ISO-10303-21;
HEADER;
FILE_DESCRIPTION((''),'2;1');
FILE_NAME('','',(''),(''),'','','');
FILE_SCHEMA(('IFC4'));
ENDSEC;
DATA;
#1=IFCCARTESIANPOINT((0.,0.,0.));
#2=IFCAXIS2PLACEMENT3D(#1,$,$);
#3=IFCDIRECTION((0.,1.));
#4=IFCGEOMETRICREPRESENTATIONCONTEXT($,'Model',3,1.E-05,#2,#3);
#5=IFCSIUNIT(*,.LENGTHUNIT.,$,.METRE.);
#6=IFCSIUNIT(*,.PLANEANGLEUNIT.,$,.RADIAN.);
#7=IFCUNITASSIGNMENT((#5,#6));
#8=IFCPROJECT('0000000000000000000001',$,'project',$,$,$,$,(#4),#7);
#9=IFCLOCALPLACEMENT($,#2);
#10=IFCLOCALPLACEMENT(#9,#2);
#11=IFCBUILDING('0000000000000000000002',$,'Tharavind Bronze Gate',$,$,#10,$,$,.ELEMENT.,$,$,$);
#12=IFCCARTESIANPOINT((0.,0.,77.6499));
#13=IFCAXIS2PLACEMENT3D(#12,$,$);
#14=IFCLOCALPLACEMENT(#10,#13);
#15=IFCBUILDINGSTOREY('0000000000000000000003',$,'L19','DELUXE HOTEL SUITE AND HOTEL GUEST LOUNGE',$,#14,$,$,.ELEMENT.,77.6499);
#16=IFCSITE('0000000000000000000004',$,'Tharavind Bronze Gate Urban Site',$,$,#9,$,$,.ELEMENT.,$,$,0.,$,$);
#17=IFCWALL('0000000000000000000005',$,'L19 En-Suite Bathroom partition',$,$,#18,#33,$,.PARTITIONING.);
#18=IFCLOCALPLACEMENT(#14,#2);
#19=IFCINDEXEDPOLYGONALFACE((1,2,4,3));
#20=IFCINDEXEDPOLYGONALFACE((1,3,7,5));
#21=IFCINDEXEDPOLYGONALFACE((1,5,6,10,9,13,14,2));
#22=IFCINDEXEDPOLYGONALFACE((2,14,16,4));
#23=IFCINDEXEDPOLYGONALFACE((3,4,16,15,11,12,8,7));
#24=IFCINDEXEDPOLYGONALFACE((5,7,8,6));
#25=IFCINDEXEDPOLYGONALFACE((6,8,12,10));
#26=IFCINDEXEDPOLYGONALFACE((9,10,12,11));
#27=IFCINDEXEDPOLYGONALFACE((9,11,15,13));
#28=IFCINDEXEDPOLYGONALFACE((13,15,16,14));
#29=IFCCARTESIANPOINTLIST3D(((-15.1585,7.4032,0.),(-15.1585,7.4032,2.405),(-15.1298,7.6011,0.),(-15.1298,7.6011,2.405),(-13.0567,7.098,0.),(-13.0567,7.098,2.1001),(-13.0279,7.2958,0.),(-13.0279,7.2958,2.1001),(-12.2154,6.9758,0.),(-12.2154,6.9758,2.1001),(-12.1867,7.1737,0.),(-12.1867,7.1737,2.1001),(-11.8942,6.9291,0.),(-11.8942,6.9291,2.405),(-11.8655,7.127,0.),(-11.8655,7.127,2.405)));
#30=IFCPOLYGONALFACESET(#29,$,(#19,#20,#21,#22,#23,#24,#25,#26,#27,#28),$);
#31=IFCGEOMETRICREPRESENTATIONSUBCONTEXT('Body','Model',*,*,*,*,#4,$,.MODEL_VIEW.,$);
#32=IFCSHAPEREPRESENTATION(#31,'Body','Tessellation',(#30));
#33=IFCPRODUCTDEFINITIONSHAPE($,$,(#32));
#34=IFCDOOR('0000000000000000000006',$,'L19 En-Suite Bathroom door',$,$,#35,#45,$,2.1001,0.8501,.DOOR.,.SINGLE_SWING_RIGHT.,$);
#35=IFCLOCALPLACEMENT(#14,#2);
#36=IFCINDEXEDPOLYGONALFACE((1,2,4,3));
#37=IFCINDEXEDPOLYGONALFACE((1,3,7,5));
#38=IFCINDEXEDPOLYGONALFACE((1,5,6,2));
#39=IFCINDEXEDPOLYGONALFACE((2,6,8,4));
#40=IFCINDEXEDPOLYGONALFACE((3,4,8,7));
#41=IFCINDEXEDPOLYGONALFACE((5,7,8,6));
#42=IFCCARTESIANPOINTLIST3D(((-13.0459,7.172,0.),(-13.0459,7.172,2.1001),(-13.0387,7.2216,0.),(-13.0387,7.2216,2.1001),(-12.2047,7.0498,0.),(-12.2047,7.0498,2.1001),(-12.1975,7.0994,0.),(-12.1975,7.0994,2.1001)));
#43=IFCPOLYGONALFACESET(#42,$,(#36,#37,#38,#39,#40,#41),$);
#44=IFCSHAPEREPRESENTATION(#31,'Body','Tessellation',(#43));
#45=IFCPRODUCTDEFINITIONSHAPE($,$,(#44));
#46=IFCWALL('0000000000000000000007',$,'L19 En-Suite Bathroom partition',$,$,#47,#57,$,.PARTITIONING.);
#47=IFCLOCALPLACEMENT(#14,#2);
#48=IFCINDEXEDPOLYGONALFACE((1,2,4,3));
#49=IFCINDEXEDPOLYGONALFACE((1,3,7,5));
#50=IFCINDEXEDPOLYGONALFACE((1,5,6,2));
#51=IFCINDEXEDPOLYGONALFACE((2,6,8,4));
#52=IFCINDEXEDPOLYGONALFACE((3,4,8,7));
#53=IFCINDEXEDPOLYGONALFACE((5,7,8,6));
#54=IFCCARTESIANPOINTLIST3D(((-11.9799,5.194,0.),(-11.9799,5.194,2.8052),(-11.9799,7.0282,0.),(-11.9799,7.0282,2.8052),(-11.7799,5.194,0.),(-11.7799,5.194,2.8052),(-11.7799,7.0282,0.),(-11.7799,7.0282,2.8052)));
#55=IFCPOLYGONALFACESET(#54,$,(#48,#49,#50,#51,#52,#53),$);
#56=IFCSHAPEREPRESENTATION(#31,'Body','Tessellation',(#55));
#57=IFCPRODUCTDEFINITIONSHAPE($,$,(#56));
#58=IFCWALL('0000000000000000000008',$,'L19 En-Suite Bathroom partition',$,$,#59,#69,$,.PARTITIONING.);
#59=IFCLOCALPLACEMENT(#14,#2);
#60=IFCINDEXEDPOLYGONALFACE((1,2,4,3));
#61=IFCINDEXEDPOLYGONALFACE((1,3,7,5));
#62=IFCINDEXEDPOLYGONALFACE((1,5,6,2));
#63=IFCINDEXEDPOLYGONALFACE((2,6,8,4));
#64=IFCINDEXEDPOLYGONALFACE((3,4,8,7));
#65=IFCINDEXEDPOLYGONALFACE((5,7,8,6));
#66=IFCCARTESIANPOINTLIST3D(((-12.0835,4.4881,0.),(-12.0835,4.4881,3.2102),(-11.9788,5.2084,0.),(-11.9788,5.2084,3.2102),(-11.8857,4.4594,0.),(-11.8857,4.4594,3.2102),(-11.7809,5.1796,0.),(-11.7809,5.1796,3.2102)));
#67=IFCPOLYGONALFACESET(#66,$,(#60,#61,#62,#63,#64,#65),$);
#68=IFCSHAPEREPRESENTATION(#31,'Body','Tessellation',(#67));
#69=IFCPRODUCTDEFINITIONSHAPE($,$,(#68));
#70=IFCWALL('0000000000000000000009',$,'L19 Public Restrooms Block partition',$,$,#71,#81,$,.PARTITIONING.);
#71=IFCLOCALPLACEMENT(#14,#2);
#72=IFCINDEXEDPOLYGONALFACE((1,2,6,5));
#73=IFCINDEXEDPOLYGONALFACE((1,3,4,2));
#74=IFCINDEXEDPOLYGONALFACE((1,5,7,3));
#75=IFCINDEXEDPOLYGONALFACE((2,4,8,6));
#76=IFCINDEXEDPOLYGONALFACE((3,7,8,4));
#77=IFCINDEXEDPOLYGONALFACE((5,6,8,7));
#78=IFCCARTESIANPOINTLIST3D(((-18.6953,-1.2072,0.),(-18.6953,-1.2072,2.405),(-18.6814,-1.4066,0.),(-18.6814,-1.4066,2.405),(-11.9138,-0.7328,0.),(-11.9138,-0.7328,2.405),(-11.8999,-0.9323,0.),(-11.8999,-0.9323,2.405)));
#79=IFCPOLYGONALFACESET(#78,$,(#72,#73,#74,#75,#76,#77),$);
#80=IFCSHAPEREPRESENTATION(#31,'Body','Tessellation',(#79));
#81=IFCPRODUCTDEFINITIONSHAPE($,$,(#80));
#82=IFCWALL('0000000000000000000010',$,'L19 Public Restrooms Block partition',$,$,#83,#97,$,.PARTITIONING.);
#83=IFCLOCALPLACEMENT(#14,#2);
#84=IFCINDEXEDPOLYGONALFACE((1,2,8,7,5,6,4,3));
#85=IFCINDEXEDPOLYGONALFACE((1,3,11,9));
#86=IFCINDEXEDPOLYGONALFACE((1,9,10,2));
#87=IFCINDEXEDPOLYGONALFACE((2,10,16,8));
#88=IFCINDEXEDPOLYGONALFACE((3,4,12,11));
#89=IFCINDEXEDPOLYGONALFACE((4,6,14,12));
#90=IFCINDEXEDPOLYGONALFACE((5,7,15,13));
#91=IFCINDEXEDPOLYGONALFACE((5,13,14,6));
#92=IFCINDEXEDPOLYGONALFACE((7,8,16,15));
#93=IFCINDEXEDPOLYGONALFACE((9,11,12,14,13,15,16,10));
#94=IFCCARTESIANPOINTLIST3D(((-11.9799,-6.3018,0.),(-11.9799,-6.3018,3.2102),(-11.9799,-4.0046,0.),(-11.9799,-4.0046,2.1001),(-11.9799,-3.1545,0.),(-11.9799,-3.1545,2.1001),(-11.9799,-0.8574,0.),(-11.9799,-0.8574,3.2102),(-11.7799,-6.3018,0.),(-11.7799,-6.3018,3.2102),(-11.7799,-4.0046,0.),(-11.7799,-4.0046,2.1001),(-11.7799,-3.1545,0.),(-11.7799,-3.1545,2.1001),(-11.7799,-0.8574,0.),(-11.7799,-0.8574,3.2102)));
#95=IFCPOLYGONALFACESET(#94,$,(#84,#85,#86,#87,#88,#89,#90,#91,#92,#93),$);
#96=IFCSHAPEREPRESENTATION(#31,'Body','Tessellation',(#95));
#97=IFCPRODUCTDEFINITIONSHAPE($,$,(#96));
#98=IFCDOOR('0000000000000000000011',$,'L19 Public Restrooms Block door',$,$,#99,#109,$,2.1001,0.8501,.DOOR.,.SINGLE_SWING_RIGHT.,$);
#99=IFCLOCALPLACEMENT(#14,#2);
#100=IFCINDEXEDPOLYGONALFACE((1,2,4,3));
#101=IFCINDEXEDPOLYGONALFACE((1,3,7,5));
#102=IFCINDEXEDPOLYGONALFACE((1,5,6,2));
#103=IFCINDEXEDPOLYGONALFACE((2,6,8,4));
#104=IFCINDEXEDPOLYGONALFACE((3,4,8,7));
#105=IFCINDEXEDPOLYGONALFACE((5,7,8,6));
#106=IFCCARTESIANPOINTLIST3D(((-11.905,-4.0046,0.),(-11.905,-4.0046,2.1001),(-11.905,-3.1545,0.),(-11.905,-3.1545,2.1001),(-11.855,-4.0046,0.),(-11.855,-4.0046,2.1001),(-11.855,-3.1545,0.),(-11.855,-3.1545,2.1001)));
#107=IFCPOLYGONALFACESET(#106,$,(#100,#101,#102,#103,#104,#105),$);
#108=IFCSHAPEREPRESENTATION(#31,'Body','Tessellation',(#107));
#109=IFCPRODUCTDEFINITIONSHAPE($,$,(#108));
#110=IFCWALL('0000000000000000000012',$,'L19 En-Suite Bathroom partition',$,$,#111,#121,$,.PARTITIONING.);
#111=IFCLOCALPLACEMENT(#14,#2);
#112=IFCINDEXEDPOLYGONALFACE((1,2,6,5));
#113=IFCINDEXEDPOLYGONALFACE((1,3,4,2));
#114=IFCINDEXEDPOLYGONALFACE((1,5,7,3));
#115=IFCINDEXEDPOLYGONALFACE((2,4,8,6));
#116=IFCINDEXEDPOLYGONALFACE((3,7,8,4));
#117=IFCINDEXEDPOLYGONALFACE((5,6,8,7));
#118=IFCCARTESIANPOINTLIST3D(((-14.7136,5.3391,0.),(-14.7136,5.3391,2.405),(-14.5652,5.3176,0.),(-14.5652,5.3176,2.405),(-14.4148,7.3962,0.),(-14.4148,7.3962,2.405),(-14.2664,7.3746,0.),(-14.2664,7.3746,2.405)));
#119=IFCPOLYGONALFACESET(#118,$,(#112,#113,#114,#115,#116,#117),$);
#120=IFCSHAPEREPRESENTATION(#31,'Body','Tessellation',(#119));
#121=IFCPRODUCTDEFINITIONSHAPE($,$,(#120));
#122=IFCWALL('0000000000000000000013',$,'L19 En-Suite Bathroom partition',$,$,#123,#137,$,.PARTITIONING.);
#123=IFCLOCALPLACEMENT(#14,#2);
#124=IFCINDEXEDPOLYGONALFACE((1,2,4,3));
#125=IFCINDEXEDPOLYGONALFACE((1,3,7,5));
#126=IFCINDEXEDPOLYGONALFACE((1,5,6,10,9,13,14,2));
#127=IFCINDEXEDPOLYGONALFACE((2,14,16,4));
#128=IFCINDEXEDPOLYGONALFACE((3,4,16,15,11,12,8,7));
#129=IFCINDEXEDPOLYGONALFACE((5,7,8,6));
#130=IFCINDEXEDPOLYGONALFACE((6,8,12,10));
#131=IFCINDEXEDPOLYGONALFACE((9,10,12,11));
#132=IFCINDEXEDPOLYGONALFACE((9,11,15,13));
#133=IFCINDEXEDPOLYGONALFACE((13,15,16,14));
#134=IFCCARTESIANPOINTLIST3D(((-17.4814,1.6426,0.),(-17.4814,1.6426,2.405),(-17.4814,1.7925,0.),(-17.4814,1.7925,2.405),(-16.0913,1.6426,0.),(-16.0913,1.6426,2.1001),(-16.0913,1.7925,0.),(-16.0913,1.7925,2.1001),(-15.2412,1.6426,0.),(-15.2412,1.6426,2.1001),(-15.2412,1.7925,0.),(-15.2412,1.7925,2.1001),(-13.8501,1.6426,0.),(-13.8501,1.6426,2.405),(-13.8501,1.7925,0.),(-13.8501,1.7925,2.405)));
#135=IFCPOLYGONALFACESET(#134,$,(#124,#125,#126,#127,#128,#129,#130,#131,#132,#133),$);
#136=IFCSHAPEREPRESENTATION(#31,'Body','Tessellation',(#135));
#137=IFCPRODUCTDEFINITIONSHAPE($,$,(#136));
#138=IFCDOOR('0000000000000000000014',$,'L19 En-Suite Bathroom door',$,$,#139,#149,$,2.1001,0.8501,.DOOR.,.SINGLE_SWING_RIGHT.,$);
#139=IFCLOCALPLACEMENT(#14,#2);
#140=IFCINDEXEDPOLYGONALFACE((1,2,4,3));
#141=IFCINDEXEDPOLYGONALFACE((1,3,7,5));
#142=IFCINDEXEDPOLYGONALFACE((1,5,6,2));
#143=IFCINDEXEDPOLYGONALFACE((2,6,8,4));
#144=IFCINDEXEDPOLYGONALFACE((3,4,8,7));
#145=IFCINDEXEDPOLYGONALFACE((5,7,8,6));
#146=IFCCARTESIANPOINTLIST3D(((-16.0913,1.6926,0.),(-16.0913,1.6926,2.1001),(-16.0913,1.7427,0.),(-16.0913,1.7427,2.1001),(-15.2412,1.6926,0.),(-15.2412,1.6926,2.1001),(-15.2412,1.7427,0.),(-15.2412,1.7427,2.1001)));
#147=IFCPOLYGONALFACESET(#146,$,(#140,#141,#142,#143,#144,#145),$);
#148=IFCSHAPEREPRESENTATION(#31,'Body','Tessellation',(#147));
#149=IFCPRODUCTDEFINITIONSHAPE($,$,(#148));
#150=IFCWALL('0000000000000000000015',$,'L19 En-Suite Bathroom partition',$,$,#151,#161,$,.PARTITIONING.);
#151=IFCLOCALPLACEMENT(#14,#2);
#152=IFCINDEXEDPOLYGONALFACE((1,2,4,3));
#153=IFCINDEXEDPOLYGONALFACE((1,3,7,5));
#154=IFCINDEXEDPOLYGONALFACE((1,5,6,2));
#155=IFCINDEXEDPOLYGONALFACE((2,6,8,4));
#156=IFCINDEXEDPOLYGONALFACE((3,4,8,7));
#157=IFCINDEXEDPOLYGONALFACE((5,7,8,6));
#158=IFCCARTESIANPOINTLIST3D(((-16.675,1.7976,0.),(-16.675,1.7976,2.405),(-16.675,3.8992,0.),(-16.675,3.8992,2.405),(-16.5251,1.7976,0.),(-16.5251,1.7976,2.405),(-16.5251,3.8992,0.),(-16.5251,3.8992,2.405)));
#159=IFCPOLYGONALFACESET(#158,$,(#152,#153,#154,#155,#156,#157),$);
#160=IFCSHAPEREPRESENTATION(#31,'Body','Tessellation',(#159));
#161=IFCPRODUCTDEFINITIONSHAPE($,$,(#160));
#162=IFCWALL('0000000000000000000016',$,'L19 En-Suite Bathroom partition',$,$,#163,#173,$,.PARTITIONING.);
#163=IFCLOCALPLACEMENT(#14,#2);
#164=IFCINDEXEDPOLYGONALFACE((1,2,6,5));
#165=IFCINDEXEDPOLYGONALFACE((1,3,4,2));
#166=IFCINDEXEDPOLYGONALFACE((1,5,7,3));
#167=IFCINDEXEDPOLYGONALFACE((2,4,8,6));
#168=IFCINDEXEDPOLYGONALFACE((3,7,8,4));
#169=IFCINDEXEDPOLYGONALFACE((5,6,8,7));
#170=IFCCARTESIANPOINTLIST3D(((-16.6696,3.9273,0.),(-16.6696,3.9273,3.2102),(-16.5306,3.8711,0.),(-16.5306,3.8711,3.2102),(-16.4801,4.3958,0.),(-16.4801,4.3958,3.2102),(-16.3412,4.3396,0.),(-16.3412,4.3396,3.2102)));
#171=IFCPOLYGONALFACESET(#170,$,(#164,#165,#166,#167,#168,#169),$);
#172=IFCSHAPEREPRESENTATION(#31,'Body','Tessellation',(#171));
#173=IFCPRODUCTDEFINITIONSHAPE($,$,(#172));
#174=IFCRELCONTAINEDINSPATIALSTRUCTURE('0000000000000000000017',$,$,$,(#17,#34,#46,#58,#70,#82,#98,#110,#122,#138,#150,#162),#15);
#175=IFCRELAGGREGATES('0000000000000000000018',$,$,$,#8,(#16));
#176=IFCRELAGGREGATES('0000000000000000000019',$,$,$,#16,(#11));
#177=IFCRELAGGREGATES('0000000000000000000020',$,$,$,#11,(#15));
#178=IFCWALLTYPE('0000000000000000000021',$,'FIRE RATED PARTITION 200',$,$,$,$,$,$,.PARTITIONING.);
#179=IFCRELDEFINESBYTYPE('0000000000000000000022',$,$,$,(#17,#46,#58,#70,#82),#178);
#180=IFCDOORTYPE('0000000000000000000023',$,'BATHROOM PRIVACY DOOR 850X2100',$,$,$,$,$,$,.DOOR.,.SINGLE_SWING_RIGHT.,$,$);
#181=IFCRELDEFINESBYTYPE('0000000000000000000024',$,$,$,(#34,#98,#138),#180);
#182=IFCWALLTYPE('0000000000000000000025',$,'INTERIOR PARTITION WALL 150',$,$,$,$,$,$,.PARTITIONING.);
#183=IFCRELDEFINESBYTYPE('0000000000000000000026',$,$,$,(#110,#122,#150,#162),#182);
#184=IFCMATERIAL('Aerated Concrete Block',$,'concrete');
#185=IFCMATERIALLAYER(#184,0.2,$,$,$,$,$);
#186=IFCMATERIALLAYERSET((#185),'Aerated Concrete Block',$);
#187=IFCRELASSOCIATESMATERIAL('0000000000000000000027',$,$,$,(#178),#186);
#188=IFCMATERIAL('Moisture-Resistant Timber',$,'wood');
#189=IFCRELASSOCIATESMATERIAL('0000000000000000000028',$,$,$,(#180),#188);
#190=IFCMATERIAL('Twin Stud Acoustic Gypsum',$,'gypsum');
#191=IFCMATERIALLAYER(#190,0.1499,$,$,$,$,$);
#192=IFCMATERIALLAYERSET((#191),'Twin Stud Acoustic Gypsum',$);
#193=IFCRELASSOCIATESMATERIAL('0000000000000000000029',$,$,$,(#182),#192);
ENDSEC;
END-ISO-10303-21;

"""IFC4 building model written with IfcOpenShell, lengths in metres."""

from ifc_helpers import new_model, si_unit, direction, frame, frame_2d, origin, place, context, subcontext, project, spatial, rectangle, extrude, material, layer, layer_set, type_object, element, fill, save


model = new_model("IFC4")

# Units and contexts
model_context = context("Model", 3, precision=1e-05, world=origin(), true_north=direction((0.0, 1.0)))
body_context = subcontext(model_context, "Body", "Model", "MODEL_VIEW")
ifc_project = project(units=[si_unit("LENGTHUNIT", "METRE"), si_unit("PLANEANGLEUNIT", "RADIAN")], contexts=[model_context])

# Site, building, storey
site_placement = place(None, origin())
site = spatial("IfcSite", under=ifc_project, at=site_placement, Name="Tharavind Bronze Gate Urban Site", CompositionType="ELEMENT", RefElevation=0.0)
building_placement = place(site_placement, origin())
building = spatial("IfcBuilding", under=site, at=building_placement, Name="Tharavind Bronze Gate", CompositionType="ELEMENT")
storey_placement = place(building_placement, frame((0.0, 0.0, 77.6499)))
storey = spatial("IfcBuildingStorey", under=building, at=storey_placement, Name="L19", Description="DELUXE HOTEL SUITE AND HOTEL GUEST LOUNGE", CompositionType="ELEMENT", Elevation=77.6499)

# Shared definitions
ifc_material_1 = material(Name="Aerated Concrete Block", Category="concrete")
ifc_layer_1 = layer(ifc_material_1, 0.2)
ifc_layer_set_1 = layer_set([ifc_layer_1], Name="Aerated Concrete Block")
wall_type_1 = type_object("IfcWallType", Name="FIRE RATED PARTITION 200", PredefinedType="PARTITIONING", material=ifc_layer_set_1)

# Wall, opening, door
wall_1_placement = place(storey_placement, frame((-15.1443, 7.5022, 0.0), z_axis=(0.0, 0.0, 1.0), x_axis=(0.989617, -0.143732, 0.0)))
wall_1 = element("IfcWall", 1, at=wall_1_placement, inside=storey, type_object=wall_type_1, Name="L19 En-Suite Bathroom partition", PredefinedType="PARTITIONING", context=body_context, shape_type="SweptSolid", body=[
    extrude(rectangle(XDim=3.2986, YDim=0.2, at=frame_2d((1.6494, 0.0))), origin(), (0.0, 0.0, 1.0), 2.405),
])
opening_1_placement = place(wall_1_placement, frame((2.124, 0.0, 0.0)))
opening_1 = element("IfcOpeningElement", 2, at=opening_1_placement, cuts=wall_1, PredefinedType="OPENING", context=body_context, shape_type="SweptSolid", body=[
    extrude(rectangle(XDim=0.8501, YDim=2.1001, at=frame_2d((0.425, 1.05))), frame((0.0, 0.1101, 0.0), z_axis=(0.0, -1.0, 0.0), x_axis=(1.0, 0.0, 0.0)), (0.0, 0.0, 1.0), 0.22),
])
ifc_material_2 = material(Name="Moisture-Resistant Timber", Category="wood")
door_type_1 = type_object("IfcDoorType", Name="BATHROOM PRIVACY DOOR 850X2100", OperationType="SINGLE_SWING_RIGHT", PredefinedType="DOOR", material=ifc_material_2)
door_1_placement = place(opening_1_placement, origin())
door_1 = element("IfcDoor", 3, at=door_1_placement, inside=storey, type_object=door_type_1, Name="L19 En-Suite Bathroom door", OperationType="SINGLE_SWING_RIGHT", OverallHeight=2.1001, OverallWidth=0.8501, PredefinedType="DOOR", context=body_context, shape_type="SweptSolid", body=[
    extrude(rectangle(XDim=0.8501, YDim=2.1001, at=frame_2d((0.425, 1.05))), frame((0.0, 0.0249, 0.0), z_axis=(0.0, -1.0, 0.0), x_axis=(1.0, 0.0, 0.0)), (0.0, 0.0, 1.0), 0.05),
])
fill(opening_1, door_1)

# Walls
wall_2_placement = place(storey_placement, frame((-11.8799, 7.0281, 0.0), z_axis=(0.0, 0.0, 1.0), x_axis=(0.0, -1.0, 0.0)))
element("IfcWall", 4, at=wall_2_placement, inside=storey, type_object=wall_type_1, Name="L19 En-Suite Bathroom partition", PredefinedType="PARTITIONING", context=body_context, shape_type="SweptSolid", body=[
    extrude(rectangle(XDim=1.8342, YDim=0.2, at=frame_2d((0.917, 0.0))), origin(), (0.0, 0.0, 1.0), 2.8052),
])
wall_3_placement = place(storey_placement, frame((-11.8799, 5.1938, 0.0), z_axis=(0.0, 0.0, 1.0), x_axis=(-0.14391, -0.989591, 0.0)))
element("IfcWall", 5, at=wall_3_placement, inside=storey, type_object=wall_type_1, Name="L19 En-Suite Bathroom partition", PredefinedType="PARTITIONING", context=body_context, shape_type="SweptSolid", body=[
    extrude(rectangle(XDim=0.7278, YDim=0.2, at=frame_2d((0.3638, 0.0))), origin(), (0.0, 0.0, 1.0), 3.2102),
])
wall_4_placement = place(storey_placement, frame((-18.6882, -1.3069, 0.0), z_axis=(0.0, 0.0, 1.0), x_axis=(0.997562, 0.069779, 0.0)))
element("IfcWall", 6, at=wall_4_placement, inside=storey, type_object=wall_type_1, Name="L19 Public Restrooms Block partition", PredefinedType="PARTITIONING", context=body_context, shape_type="SweptSolid", body=[
    extrude(rectangle(XDim=6.7981, YDim=0.2, at=frame_2d((3.3989, 0.0))), origin(), (0.0, 0.0, 1.0), 2.405),
])

# Wall, opening, door
wall_5_placement = place(storey_placement, frame((-11.8799, -0.8574, 0.0), z_axis=(0.0, 0.0, 1.0), x_axis=(0.0, -1.0, 0.0)))
wall_5 = element("IfcWall", 7, at=wall_5_placement, inside=storey, type_object=wall_type_1, Name="L19 Public Restrooms Block partition", PredefinedType="PARTITIONING", context=body_context, shape_type="SweptSolid", body=[
    extrude(rectangle(XDim=5.4443, YDim=0.2, at=frame_2d((2.7222, 0.0))), origin(), (0.0, 0.0, 1.0), 3.2102),
])
opening_2_placement = place(wall_5_placement, frame((2.2971, 0.0, 0.0)))
opening_2 = element("IfcOpeningElement", 8, at=opening_2_placement, cuts=wall_5, PredefinedType="OPENING", context=body_context, shape_type="SweptSolid", body=[
    extrude(rectangle(XDim=0.8501, YDim=2.1001, at=frame_2d((0.425, 1.05))), frame((0.0, 0.1101, 0.0), z_axis=(0.0, -1.0, 0.0), x_axis=(1.0, 0.0, 0.0)), (0.0, 0.0, 1.0), 0.22),
])
door_2_placement = place(opening_2_placement, origin())
door_2 = element("IfcDoor", 9, at=door_2_placement, inside=storey, type_object=door_type_1, Name="L19 Public Restrooms Block door", OperationType="SINGLE_SWING_RIGHT", OverallHeight=2.1001, OverallWidth=0.8501, PredefinedType="DOOR", context=body_context, shape_type="SweptSolid", body=[
    extrude(rectangle(XDim=0.8501, YDim=2.1001, at=frame_2d((0.425, 1.05))), frame((0.0, 0.0249, 0.0), z_axis=(0.0, -1.0, 0.0), x_axis=(1.0, 0.0, 0.0)), (0.0, 0.0, 1.0), 0.05),
])
fill(opening_2, door_2)

# Wall
ifc_material_3 = material(Name="Twin Stud Acoustic Gypsum", Category="gypsum")
ifc_layer_2 = layer(ifc_material_3, 0.1499)
ifc_layer_set_2 = layer_set([ifc_layer_2], Name="Twin Stud Acoustic Gypsum")
wall_type_2 = type_object("IfcWallType", Name="INTERIOR PARTITION WALL 150", PredefinedType="PARTITIONING", material=ifc_layer_set_2)
wall_6_placement = place(storey_placement, frame((-14.6394, 5.3284, 0.0), z_axis=(0.0, 0.0, 1.0), x_axis=(0.143756, 0.989613, 0.0)))
element("IfcWall", 10, at=wall_6_placement, inside=storey, type_object=wall_type_2, Name="L19 En-Suite Bathroom partition", PredefinedType="PARTITIONING", context=body_context, shape_type="SweptSolid", body=[
    extrude(rectangle(XDim=2.0786, YDim=0.1499, at=frame_2d((1.0393, 0.0))), origin(), (0.0, 0.0, 1.0), 2.405),
])

# Wall, opening, door
wall_7_placement = place(storey_placement, frame((-13.8501, 1.7175, 0.0), z_axis=(0.0, 0.0, 1.0), x_axis=(-1.0, 0.0, 0.0)))
wall_7 = element("IfcWall", 11, at=wall_7_placement, inside=storey, type_object=wall_type_2, Name="L19 En-Suite Bathroom partition", PredefinedType="PARTITIONING", context=body_context, shape_type="SweptSolid", body=[
    extrude(rectangle(XDim=3.6313, YDim=0.1499, at=frame_2d((1.8157, 0.0))), origin(), (0.0, 0.0, 1.0), 2.405),
])
opening_3_placement = place(wall_7_placement, frame((1.3911, 0.0, 0.0)))
opening_3 = element("IfcOpeningElement", 12, at=opening_3_placement, cuts=wall_7, PredefinedType="OPENING", context=body_context, shape_type="SweptSolid", body=[
    extrude(rectangle(XDim=0.8501, YDim=2.1001, at=frame_2d((0.425, 1.05))), frame((0.0, 0.085, 0.0), z_axis=(0.0, -1.0, 0.0), x_axis=(1.0, 0.0, 0.0)), (0.0, 0.0, 1.0), 0.1699),
])
door_3_placement = place(opening_3_placement, origin())
door_3 = element("IfcDoor", 13, at=door_3_placement, inside=storey, type_object=door_type_1, Name="L19 En-Suite Bathroom door", OperationType="SINGLE_SWING_RIGHT", OverallHeight=2.1001, OverallWidth=0.8501, PredefinedType="DOOR", context=body_context, shape_type="SweptSolid", body=[
    extrude(rectangle(XDim=0.8501, YDim=2.1001, at=frame_2d((0.425, 1.05))), frame((0.0, 0.0249, 0.0), z_axis=(0.0, -1.0, 0.0), x_axis=(1.0, 0.0, 0.0)), (0.0, 0.0, 1.0), 0.05),
])
fill(opening_3, door_3)

# Walls
wall_8_placement = place(storey_placement, frame((-16.6001, 1.7976, 0.0), z_axis=(0.0, 0.0, 1.0), x_axis=(0.0, 1.0, 0.0)))
element("IfcWall", 14, at=wall_8_placement, inside=storey, type_object=wall_type_2, Name="L19 En-Suite Bathroom partition", PredefinedType="PARTITIONING", context=body_context, shape_type="SweptSolid", body=[
    extrude(rectangle(XDim=2.1016, YDim=0.1499, at=frame_2d((1.0508, 0.0))), origin(), (0.0, 0.0, 1.0), 2.405),
])
wall_9_placement = place(storey_placement, frame((-16.6001, 3.8992, 0.0), z_axis=(0.0, 0.0, 1.0), x_axis=(0.374886, 0.927071, 0.0)))
element("IfcWall", 15, at=wall_9_placement, inside=storey, type_object=wall_type_2, Name="L19 En-Suite Bathroom partition", PredefinedType="PARTITIONING", context=body_context, shape_type="SweptSolid", body=[
    extrude(rectangle(XDim=0.5054, YDim=0.1499, at=frame_2d((0.2527, 0.0))), origin(), (0.0, 0.0, 1.0), 3.2102),
])

save(model, "model.ifc")
